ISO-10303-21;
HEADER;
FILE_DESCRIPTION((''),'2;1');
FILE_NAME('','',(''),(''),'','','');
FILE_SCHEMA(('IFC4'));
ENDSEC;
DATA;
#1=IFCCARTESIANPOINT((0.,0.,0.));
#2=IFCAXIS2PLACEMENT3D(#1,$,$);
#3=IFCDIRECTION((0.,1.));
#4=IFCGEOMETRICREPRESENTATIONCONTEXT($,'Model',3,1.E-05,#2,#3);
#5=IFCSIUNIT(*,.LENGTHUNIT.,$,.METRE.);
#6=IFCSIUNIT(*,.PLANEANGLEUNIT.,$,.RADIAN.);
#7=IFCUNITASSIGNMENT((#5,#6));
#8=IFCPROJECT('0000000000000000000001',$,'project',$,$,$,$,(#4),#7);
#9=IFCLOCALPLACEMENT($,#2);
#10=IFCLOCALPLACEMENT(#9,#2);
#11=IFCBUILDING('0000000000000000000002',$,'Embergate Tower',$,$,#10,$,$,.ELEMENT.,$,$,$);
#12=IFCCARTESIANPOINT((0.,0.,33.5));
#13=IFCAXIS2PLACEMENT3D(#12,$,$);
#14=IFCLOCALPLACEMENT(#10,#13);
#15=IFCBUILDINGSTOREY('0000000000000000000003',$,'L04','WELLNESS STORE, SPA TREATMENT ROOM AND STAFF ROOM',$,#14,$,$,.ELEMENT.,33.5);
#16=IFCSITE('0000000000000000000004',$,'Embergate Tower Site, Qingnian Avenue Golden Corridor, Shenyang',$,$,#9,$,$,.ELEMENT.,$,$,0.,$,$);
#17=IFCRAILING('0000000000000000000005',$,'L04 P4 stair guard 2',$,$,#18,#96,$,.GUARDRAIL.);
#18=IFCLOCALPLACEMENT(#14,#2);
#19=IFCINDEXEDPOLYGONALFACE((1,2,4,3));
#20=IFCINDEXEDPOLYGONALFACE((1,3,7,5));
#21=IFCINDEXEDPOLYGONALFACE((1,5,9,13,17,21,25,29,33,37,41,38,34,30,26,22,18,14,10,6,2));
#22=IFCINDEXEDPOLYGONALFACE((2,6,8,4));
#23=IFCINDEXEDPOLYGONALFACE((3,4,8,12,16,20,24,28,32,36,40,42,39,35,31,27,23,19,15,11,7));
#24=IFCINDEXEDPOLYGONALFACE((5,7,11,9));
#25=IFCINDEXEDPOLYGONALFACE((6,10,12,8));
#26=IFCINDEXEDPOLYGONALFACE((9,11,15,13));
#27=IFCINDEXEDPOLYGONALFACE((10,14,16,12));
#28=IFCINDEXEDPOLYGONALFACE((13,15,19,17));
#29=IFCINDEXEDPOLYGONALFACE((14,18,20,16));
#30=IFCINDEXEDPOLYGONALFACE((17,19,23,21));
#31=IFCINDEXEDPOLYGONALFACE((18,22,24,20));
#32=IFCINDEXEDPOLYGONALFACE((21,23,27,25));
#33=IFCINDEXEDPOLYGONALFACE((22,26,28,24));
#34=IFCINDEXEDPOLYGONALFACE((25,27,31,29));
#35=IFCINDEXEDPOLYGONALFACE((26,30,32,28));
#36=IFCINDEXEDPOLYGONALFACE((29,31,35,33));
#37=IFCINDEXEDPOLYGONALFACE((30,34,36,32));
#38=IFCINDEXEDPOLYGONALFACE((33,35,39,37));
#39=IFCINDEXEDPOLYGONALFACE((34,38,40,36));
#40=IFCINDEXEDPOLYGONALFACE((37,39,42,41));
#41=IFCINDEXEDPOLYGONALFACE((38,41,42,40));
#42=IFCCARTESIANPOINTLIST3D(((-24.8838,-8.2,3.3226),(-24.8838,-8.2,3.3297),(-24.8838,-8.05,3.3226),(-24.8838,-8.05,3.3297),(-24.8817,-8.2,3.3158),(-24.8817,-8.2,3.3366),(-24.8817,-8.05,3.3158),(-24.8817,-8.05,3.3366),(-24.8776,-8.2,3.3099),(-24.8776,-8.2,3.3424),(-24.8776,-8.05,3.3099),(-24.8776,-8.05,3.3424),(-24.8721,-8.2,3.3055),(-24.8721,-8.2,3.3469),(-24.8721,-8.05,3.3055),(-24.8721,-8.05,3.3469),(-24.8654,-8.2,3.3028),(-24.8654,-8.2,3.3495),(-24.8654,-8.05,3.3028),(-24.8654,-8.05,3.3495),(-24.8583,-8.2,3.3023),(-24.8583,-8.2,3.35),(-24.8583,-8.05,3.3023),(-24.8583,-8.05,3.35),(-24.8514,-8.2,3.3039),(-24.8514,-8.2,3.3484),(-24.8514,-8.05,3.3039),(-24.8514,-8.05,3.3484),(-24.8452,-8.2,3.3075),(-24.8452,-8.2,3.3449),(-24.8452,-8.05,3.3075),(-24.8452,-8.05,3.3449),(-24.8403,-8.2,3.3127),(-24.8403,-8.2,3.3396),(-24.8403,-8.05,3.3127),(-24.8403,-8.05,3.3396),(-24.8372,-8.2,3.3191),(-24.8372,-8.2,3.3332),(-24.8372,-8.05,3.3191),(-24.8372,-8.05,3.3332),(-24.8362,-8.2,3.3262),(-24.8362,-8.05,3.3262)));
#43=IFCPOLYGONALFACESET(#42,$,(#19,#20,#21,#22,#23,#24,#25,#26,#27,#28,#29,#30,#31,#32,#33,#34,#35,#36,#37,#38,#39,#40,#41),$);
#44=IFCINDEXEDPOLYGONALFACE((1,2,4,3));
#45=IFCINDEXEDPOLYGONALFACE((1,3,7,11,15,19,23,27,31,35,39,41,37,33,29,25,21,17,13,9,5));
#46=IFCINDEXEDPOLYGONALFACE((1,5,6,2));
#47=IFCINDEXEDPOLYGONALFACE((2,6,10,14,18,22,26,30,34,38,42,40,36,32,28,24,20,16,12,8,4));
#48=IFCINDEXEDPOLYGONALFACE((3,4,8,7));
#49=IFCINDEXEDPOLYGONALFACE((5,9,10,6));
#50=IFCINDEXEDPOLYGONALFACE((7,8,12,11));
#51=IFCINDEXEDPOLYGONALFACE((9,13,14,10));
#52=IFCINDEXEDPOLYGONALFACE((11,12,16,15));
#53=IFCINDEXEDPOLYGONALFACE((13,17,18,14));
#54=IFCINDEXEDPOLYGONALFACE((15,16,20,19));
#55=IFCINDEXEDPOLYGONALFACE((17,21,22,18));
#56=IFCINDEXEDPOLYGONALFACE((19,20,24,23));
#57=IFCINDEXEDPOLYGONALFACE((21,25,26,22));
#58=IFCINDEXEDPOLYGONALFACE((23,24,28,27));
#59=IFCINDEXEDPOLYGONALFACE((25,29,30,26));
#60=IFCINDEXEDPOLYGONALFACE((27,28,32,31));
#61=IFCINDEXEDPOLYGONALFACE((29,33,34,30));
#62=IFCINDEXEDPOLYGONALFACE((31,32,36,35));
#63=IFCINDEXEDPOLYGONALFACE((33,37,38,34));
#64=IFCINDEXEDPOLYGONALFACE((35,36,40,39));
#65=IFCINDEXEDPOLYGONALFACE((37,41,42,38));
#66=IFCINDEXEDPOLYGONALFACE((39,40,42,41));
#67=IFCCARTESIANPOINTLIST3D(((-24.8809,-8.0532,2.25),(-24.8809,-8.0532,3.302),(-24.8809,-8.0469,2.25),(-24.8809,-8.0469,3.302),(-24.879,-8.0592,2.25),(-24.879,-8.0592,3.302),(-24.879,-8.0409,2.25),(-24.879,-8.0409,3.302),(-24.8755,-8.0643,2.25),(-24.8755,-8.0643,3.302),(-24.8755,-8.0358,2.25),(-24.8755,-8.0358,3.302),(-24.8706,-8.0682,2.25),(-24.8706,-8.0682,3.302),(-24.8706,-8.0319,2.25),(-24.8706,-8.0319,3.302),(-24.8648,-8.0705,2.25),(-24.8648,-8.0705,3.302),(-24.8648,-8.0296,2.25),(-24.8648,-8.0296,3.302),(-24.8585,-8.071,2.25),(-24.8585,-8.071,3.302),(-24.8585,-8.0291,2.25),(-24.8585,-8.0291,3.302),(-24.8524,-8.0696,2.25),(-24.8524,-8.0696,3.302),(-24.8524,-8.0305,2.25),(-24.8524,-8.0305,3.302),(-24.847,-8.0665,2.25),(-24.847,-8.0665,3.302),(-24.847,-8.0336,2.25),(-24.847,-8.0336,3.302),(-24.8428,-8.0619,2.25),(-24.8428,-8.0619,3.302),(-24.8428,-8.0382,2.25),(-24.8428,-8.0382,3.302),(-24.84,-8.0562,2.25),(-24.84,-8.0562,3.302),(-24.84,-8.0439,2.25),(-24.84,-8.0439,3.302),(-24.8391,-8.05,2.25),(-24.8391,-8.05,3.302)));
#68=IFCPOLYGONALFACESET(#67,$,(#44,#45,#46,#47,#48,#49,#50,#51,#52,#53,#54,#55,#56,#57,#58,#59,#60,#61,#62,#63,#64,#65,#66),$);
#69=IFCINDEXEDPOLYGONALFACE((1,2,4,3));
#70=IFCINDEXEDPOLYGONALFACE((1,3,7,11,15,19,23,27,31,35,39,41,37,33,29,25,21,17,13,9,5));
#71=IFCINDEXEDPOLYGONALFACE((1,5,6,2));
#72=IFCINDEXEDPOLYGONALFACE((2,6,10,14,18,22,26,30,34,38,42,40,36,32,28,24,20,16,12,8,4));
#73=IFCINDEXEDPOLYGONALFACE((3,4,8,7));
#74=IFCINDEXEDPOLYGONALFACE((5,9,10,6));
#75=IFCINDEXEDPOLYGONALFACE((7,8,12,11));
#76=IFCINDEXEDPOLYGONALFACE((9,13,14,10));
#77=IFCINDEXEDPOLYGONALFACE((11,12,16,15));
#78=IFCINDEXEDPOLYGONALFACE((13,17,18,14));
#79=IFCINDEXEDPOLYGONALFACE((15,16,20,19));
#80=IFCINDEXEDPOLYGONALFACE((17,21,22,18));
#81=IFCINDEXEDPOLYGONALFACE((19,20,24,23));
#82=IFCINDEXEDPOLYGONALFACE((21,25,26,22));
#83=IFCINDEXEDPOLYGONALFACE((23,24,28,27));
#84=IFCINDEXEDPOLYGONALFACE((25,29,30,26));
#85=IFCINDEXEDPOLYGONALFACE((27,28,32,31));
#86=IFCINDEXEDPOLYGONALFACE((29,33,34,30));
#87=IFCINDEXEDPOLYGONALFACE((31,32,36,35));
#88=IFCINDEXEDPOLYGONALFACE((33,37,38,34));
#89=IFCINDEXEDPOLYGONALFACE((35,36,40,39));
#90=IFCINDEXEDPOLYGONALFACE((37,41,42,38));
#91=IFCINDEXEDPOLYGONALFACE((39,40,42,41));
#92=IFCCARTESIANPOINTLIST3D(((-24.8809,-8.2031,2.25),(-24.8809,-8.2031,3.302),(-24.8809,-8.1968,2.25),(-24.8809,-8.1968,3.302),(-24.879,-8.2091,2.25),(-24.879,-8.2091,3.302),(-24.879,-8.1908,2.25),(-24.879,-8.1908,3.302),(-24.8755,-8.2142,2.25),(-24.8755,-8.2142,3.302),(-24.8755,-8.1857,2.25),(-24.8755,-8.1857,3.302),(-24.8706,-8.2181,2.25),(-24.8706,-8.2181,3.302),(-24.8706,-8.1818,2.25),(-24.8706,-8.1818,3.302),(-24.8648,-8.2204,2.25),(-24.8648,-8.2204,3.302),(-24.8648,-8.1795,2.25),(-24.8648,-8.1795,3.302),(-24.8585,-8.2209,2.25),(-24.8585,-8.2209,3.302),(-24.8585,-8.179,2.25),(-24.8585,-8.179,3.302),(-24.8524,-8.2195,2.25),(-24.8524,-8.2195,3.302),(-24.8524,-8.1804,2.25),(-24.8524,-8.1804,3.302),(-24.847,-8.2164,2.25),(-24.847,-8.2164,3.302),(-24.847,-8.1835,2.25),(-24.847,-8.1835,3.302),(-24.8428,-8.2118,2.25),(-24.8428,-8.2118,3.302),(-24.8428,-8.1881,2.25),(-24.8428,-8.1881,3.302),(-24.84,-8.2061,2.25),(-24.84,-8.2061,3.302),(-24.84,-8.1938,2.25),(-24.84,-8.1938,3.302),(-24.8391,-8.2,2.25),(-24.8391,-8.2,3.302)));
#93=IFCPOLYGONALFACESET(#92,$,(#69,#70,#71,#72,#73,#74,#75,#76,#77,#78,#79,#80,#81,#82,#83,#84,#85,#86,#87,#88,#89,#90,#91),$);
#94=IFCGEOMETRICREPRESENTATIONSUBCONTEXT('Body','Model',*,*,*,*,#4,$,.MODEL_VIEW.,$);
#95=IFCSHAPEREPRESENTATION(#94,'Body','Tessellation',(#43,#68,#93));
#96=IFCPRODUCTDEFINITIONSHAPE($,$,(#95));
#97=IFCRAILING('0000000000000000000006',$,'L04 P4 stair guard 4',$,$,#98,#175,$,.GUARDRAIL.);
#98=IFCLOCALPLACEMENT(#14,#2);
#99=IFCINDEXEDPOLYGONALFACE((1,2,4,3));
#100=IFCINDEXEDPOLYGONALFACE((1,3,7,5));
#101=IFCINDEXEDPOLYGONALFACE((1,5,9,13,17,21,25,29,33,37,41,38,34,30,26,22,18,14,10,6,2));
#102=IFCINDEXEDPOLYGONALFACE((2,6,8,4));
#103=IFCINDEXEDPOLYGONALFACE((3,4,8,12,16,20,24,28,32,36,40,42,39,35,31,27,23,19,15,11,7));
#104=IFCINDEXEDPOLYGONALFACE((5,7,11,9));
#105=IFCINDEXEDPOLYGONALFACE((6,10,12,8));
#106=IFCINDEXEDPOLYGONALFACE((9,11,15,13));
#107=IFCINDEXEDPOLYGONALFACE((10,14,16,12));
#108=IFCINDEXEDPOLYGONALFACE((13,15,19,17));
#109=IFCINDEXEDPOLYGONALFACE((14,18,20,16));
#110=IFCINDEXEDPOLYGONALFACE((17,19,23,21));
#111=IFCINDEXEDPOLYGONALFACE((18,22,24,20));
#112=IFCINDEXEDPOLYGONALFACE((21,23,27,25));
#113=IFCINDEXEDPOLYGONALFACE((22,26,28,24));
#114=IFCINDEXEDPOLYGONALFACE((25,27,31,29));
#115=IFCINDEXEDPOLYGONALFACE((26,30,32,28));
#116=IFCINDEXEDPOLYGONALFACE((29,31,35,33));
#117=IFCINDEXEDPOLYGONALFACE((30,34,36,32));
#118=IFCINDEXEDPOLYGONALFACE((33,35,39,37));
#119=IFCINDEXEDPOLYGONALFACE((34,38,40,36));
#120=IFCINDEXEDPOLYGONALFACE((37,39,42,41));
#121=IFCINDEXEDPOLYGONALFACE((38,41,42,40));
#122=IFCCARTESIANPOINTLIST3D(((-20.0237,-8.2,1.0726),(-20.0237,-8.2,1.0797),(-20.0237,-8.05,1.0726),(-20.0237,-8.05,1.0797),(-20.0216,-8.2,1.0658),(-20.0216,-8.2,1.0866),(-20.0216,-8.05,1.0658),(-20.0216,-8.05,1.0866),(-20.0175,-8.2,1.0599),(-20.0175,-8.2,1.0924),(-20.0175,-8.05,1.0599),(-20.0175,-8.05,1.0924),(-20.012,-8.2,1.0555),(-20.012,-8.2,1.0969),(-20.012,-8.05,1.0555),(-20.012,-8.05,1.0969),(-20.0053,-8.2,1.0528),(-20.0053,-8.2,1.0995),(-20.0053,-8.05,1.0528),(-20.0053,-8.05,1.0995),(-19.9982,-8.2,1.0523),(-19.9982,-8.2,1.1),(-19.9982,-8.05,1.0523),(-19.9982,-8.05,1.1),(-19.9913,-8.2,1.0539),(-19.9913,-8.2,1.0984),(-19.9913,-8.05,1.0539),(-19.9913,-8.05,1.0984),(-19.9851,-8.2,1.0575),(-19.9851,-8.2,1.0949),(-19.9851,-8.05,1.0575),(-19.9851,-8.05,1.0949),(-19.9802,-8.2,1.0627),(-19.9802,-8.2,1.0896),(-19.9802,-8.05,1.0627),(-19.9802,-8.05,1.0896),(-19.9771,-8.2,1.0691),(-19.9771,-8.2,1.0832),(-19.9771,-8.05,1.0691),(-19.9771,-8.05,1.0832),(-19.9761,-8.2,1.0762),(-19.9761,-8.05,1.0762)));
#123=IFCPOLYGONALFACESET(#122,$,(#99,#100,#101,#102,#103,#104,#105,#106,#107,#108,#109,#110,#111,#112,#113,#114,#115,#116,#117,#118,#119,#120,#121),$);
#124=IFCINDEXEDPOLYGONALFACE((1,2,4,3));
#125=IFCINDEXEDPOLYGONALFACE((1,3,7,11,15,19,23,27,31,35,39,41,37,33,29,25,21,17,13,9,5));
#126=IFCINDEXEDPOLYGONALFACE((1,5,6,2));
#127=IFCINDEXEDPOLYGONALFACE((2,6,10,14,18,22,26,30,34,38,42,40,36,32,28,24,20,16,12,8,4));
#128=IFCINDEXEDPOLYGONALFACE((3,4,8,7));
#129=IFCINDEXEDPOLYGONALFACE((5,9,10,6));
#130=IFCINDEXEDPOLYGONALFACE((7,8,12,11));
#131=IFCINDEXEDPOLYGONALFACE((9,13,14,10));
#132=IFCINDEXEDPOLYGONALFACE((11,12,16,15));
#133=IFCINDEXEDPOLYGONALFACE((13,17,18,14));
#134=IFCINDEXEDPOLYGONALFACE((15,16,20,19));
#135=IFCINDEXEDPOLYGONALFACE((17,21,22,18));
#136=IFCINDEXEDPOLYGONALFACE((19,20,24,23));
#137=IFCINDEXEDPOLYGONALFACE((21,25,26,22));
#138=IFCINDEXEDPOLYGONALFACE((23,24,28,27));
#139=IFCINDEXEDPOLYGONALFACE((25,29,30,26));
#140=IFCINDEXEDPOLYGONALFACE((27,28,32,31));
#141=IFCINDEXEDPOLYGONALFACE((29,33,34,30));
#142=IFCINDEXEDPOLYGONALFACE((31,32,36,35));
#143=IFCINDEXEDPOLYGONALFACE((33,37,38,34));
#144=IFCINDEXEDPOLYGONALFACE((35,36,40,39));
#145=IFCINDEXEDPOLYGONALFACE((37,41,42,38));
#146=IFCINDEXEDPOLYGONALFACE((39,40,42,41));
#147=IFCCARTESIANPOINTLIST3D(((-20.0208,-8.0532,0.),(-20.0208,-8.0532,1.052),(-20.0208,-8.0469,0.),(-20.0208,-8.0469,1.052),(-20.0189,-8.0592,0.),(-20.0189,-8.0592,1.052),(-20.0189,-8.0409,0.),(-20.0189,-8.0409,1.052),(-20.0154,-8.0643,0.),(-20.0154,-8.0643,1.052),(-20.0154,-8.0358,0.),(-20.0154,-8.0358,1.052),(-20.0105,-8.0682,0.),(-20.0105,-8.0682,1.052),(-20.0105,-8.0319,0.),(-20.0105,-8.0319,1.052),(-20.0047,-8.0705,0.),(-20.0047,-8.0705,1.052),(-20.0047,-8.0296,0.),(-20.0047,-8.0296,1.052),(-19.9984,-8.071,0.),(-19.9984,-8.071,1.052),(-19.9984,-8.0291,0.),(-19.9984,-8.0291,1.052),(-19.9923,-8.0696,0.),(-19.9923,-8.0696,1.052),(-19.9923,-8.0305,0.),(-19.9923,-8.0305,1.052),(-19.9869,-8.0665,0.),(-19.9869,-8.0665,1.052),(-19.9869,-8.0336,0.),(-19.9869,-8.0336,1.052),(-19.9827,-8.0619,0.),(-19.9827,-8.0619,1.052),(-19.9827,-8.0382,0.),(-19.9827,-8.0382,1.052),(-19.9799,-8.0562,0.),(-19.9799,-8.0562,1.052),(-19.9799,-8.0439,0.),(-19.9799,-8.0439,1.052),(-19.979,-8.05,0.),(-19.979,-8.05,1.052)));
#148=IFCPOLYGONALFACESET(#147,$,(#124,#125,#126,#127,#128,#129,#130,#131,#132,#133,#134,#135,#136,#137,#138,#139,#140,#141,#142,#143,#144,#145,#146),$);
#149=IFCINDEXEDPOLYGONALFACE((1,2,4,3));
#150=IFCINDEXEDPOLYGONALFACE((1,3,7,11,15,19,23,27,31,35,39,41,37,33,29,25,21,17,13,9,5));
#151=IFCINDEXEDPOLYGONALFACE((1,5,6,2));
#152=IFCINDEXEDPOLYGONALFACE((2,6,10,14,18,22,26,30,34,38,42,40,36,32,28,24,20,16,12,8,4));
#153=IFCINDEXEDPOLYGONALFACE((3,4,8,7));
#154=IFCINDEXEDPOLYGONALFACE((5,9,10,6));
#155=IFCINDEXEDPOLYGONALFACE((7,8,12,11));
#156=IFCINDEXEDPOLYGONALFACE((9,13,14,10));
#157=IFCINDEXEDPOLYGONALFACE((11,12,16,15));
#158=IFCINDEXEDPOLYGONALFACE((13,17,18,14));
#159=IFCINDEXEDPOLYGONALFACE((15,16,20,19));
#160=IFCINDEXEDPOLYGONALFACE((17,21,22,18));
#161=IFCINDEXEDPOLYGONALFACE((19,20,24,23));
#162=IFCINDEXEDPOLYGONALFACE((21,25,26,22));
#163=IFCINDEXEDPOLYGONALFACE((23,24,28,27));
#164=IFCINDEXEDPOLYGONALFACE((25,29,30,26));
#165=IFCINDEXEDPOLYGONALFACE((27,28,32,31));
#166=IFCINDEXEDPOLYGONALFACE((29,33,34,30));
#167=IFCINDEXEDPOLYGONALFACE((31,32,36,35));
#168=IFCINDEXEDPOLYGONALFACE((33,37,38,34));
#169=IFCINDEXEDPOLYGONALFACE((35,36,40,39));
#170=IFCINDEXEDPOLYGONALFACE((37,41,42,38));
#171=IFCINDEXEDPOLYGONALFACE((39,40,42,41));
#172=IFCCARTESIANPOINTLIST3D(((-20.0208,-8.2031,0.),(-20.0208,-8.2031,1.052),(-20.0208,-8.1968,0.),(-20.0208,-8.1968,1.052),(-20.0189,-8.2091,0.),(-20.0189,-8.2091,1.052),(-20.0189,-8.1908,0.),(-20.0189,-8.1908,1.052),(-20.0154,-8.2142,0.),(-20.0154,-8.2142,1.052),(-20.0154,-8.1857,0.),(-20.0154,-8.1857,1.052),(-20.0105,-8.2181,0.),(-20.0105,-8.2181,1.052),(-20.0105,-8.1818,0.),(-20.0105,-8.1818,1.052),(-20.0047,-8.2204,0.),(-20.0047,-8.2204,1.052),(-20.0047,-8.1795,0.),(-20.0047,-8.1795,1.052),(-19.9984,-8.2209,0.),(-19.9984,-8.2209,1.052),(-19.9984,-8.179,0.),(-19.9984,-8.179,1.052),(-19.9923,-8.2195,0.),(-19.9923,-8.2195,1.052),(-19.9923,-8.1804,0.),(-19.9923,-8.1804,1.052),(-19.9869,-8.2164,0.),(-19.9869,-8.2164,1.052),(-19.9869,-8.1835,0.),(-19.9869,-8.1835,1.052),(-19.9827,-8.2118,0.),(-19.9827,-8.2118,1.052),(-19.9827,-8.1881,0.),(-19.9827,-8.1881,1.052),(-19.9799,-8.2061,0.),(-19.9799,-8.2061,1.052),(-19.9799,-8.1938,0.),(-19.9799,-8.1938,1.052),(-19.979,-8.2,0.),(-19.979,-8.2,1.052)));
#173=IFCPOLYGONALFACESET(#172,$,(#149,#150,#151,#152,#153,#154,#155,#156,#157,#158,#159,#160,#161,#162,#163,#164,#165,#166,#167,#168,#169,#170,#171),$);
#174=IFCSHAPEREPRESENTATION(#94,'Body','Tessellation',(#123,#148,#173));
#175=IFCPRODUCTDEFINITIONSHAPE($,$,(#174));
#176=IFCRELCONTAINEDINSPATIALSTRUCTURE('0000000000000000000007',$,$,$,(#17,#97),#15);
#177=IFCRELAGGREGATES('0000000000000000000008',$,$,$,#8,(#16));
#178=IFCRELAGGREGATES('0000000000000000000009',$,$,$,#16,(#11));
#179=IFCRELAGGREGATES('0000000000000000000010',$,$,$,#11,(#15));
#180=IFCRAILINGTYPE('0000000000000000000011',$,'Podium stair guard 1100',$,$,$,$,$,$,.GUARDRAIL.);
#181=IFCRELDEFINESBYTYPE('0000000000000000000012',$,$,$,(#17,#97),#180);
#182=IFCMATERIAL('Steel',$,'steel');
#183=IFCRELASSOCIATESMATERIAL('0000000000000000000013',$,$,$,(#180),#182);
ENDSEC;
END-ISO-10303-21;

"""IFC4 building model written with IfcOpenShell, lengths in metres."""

from ifc_helpers import new_model, si_unit, direction, frame, origin, origin_2d, place, context, subcontext, project, spatial, circle, extrude, source, transform, mapped, material, type_object, element, save


model = new_model("IFC4")

# Units and contexts
model_context = context("Model", 3, precision=1e-05, world=origin(), true_north=direction((0.0, 1.0)))
body_context = subcontext(model_context, "Body", "Model", "MODEL_VIEW")
ifc_project = project(units=[si_unit("LENGTHUNIT", "METRE"), si_unit("PLANEANGLEUNIT", "RADIAN")], contexts=[model_context])

# Site, building, storey
site_placement = place(None, origin())
site = spatial("IfcSite", under=ifc_project, at=site_placement, Name="Embergate Tower Site, Qingnian Avenue Golden Corridor, Shenyang", CompositionType="ELEMENT", RefElevation=0.0)
building_placement = place(site_placement, origin())
building = spatial("IfcBuilding", under=site, at=building_placement, Name="Embergate Tower", CompositionType="ELEMENT")
storey_placement = place(building_placement, frame((0.0, 0.0, 33.5)))
storey = spatial("IfcBuildingStorey", under=building, at=storey_placement, Name="L04", Description="WELLNESS STORE, SPA TREATMENT ROOM AND STAFF ROOM", CompositionType="ELEMENT", Elevation=33.5)

# Railings
ifc_material_1 = material(Name="Steel", Category="steel")
railing_type_1 = type_object("IfcRailingType", Name="Podium stair guard 1100", PredefinedType="GUARDRAIL", material=ifc_material_1)
shared_shape_1 = source(origin(), body_context, "Body", "SweptSolid", [
    extrude(circle(Radius=0.0239, at=origin_2d()), frame((0.0, 0.0, 1.0762), z_axis=(0.0, -1.0, 0.0), x_axis=(1.0, 0.0, 0.0)), (0.0, 0.0, 1.0), 0.1499),
    extrude(circle(Radius=0.021, at=origin_2d()), origin(), (0.0, 0.0, 1.0), 1.052),
    extrude(circle(Radius=0.021, at=origin_2d()), frame((0.0, -0.1499, 0.0)), (0.0, 0.0, 1.0), 1.052),
])
for number, where, name in (
    (1, (-24.8601, -8.05, 2.25), "L04 P4 stair guard 2"),
    (2, (-20.0, -8.05, 0.0), "L04 P4 stair guard 4"),
):
    element("IfcRailing", number, at=place(storey_placement, frame(where)), inside=storey, type_object=railing_type_1, Name=name, PredefinedType="GUARDRAIL", context=body_context, shape_type="MappedRepresentation", body=[
        mapped(shared_shape_1, transform((0.0, 0.0, 0.0))),
    ])

save(model, "model.ifc")
